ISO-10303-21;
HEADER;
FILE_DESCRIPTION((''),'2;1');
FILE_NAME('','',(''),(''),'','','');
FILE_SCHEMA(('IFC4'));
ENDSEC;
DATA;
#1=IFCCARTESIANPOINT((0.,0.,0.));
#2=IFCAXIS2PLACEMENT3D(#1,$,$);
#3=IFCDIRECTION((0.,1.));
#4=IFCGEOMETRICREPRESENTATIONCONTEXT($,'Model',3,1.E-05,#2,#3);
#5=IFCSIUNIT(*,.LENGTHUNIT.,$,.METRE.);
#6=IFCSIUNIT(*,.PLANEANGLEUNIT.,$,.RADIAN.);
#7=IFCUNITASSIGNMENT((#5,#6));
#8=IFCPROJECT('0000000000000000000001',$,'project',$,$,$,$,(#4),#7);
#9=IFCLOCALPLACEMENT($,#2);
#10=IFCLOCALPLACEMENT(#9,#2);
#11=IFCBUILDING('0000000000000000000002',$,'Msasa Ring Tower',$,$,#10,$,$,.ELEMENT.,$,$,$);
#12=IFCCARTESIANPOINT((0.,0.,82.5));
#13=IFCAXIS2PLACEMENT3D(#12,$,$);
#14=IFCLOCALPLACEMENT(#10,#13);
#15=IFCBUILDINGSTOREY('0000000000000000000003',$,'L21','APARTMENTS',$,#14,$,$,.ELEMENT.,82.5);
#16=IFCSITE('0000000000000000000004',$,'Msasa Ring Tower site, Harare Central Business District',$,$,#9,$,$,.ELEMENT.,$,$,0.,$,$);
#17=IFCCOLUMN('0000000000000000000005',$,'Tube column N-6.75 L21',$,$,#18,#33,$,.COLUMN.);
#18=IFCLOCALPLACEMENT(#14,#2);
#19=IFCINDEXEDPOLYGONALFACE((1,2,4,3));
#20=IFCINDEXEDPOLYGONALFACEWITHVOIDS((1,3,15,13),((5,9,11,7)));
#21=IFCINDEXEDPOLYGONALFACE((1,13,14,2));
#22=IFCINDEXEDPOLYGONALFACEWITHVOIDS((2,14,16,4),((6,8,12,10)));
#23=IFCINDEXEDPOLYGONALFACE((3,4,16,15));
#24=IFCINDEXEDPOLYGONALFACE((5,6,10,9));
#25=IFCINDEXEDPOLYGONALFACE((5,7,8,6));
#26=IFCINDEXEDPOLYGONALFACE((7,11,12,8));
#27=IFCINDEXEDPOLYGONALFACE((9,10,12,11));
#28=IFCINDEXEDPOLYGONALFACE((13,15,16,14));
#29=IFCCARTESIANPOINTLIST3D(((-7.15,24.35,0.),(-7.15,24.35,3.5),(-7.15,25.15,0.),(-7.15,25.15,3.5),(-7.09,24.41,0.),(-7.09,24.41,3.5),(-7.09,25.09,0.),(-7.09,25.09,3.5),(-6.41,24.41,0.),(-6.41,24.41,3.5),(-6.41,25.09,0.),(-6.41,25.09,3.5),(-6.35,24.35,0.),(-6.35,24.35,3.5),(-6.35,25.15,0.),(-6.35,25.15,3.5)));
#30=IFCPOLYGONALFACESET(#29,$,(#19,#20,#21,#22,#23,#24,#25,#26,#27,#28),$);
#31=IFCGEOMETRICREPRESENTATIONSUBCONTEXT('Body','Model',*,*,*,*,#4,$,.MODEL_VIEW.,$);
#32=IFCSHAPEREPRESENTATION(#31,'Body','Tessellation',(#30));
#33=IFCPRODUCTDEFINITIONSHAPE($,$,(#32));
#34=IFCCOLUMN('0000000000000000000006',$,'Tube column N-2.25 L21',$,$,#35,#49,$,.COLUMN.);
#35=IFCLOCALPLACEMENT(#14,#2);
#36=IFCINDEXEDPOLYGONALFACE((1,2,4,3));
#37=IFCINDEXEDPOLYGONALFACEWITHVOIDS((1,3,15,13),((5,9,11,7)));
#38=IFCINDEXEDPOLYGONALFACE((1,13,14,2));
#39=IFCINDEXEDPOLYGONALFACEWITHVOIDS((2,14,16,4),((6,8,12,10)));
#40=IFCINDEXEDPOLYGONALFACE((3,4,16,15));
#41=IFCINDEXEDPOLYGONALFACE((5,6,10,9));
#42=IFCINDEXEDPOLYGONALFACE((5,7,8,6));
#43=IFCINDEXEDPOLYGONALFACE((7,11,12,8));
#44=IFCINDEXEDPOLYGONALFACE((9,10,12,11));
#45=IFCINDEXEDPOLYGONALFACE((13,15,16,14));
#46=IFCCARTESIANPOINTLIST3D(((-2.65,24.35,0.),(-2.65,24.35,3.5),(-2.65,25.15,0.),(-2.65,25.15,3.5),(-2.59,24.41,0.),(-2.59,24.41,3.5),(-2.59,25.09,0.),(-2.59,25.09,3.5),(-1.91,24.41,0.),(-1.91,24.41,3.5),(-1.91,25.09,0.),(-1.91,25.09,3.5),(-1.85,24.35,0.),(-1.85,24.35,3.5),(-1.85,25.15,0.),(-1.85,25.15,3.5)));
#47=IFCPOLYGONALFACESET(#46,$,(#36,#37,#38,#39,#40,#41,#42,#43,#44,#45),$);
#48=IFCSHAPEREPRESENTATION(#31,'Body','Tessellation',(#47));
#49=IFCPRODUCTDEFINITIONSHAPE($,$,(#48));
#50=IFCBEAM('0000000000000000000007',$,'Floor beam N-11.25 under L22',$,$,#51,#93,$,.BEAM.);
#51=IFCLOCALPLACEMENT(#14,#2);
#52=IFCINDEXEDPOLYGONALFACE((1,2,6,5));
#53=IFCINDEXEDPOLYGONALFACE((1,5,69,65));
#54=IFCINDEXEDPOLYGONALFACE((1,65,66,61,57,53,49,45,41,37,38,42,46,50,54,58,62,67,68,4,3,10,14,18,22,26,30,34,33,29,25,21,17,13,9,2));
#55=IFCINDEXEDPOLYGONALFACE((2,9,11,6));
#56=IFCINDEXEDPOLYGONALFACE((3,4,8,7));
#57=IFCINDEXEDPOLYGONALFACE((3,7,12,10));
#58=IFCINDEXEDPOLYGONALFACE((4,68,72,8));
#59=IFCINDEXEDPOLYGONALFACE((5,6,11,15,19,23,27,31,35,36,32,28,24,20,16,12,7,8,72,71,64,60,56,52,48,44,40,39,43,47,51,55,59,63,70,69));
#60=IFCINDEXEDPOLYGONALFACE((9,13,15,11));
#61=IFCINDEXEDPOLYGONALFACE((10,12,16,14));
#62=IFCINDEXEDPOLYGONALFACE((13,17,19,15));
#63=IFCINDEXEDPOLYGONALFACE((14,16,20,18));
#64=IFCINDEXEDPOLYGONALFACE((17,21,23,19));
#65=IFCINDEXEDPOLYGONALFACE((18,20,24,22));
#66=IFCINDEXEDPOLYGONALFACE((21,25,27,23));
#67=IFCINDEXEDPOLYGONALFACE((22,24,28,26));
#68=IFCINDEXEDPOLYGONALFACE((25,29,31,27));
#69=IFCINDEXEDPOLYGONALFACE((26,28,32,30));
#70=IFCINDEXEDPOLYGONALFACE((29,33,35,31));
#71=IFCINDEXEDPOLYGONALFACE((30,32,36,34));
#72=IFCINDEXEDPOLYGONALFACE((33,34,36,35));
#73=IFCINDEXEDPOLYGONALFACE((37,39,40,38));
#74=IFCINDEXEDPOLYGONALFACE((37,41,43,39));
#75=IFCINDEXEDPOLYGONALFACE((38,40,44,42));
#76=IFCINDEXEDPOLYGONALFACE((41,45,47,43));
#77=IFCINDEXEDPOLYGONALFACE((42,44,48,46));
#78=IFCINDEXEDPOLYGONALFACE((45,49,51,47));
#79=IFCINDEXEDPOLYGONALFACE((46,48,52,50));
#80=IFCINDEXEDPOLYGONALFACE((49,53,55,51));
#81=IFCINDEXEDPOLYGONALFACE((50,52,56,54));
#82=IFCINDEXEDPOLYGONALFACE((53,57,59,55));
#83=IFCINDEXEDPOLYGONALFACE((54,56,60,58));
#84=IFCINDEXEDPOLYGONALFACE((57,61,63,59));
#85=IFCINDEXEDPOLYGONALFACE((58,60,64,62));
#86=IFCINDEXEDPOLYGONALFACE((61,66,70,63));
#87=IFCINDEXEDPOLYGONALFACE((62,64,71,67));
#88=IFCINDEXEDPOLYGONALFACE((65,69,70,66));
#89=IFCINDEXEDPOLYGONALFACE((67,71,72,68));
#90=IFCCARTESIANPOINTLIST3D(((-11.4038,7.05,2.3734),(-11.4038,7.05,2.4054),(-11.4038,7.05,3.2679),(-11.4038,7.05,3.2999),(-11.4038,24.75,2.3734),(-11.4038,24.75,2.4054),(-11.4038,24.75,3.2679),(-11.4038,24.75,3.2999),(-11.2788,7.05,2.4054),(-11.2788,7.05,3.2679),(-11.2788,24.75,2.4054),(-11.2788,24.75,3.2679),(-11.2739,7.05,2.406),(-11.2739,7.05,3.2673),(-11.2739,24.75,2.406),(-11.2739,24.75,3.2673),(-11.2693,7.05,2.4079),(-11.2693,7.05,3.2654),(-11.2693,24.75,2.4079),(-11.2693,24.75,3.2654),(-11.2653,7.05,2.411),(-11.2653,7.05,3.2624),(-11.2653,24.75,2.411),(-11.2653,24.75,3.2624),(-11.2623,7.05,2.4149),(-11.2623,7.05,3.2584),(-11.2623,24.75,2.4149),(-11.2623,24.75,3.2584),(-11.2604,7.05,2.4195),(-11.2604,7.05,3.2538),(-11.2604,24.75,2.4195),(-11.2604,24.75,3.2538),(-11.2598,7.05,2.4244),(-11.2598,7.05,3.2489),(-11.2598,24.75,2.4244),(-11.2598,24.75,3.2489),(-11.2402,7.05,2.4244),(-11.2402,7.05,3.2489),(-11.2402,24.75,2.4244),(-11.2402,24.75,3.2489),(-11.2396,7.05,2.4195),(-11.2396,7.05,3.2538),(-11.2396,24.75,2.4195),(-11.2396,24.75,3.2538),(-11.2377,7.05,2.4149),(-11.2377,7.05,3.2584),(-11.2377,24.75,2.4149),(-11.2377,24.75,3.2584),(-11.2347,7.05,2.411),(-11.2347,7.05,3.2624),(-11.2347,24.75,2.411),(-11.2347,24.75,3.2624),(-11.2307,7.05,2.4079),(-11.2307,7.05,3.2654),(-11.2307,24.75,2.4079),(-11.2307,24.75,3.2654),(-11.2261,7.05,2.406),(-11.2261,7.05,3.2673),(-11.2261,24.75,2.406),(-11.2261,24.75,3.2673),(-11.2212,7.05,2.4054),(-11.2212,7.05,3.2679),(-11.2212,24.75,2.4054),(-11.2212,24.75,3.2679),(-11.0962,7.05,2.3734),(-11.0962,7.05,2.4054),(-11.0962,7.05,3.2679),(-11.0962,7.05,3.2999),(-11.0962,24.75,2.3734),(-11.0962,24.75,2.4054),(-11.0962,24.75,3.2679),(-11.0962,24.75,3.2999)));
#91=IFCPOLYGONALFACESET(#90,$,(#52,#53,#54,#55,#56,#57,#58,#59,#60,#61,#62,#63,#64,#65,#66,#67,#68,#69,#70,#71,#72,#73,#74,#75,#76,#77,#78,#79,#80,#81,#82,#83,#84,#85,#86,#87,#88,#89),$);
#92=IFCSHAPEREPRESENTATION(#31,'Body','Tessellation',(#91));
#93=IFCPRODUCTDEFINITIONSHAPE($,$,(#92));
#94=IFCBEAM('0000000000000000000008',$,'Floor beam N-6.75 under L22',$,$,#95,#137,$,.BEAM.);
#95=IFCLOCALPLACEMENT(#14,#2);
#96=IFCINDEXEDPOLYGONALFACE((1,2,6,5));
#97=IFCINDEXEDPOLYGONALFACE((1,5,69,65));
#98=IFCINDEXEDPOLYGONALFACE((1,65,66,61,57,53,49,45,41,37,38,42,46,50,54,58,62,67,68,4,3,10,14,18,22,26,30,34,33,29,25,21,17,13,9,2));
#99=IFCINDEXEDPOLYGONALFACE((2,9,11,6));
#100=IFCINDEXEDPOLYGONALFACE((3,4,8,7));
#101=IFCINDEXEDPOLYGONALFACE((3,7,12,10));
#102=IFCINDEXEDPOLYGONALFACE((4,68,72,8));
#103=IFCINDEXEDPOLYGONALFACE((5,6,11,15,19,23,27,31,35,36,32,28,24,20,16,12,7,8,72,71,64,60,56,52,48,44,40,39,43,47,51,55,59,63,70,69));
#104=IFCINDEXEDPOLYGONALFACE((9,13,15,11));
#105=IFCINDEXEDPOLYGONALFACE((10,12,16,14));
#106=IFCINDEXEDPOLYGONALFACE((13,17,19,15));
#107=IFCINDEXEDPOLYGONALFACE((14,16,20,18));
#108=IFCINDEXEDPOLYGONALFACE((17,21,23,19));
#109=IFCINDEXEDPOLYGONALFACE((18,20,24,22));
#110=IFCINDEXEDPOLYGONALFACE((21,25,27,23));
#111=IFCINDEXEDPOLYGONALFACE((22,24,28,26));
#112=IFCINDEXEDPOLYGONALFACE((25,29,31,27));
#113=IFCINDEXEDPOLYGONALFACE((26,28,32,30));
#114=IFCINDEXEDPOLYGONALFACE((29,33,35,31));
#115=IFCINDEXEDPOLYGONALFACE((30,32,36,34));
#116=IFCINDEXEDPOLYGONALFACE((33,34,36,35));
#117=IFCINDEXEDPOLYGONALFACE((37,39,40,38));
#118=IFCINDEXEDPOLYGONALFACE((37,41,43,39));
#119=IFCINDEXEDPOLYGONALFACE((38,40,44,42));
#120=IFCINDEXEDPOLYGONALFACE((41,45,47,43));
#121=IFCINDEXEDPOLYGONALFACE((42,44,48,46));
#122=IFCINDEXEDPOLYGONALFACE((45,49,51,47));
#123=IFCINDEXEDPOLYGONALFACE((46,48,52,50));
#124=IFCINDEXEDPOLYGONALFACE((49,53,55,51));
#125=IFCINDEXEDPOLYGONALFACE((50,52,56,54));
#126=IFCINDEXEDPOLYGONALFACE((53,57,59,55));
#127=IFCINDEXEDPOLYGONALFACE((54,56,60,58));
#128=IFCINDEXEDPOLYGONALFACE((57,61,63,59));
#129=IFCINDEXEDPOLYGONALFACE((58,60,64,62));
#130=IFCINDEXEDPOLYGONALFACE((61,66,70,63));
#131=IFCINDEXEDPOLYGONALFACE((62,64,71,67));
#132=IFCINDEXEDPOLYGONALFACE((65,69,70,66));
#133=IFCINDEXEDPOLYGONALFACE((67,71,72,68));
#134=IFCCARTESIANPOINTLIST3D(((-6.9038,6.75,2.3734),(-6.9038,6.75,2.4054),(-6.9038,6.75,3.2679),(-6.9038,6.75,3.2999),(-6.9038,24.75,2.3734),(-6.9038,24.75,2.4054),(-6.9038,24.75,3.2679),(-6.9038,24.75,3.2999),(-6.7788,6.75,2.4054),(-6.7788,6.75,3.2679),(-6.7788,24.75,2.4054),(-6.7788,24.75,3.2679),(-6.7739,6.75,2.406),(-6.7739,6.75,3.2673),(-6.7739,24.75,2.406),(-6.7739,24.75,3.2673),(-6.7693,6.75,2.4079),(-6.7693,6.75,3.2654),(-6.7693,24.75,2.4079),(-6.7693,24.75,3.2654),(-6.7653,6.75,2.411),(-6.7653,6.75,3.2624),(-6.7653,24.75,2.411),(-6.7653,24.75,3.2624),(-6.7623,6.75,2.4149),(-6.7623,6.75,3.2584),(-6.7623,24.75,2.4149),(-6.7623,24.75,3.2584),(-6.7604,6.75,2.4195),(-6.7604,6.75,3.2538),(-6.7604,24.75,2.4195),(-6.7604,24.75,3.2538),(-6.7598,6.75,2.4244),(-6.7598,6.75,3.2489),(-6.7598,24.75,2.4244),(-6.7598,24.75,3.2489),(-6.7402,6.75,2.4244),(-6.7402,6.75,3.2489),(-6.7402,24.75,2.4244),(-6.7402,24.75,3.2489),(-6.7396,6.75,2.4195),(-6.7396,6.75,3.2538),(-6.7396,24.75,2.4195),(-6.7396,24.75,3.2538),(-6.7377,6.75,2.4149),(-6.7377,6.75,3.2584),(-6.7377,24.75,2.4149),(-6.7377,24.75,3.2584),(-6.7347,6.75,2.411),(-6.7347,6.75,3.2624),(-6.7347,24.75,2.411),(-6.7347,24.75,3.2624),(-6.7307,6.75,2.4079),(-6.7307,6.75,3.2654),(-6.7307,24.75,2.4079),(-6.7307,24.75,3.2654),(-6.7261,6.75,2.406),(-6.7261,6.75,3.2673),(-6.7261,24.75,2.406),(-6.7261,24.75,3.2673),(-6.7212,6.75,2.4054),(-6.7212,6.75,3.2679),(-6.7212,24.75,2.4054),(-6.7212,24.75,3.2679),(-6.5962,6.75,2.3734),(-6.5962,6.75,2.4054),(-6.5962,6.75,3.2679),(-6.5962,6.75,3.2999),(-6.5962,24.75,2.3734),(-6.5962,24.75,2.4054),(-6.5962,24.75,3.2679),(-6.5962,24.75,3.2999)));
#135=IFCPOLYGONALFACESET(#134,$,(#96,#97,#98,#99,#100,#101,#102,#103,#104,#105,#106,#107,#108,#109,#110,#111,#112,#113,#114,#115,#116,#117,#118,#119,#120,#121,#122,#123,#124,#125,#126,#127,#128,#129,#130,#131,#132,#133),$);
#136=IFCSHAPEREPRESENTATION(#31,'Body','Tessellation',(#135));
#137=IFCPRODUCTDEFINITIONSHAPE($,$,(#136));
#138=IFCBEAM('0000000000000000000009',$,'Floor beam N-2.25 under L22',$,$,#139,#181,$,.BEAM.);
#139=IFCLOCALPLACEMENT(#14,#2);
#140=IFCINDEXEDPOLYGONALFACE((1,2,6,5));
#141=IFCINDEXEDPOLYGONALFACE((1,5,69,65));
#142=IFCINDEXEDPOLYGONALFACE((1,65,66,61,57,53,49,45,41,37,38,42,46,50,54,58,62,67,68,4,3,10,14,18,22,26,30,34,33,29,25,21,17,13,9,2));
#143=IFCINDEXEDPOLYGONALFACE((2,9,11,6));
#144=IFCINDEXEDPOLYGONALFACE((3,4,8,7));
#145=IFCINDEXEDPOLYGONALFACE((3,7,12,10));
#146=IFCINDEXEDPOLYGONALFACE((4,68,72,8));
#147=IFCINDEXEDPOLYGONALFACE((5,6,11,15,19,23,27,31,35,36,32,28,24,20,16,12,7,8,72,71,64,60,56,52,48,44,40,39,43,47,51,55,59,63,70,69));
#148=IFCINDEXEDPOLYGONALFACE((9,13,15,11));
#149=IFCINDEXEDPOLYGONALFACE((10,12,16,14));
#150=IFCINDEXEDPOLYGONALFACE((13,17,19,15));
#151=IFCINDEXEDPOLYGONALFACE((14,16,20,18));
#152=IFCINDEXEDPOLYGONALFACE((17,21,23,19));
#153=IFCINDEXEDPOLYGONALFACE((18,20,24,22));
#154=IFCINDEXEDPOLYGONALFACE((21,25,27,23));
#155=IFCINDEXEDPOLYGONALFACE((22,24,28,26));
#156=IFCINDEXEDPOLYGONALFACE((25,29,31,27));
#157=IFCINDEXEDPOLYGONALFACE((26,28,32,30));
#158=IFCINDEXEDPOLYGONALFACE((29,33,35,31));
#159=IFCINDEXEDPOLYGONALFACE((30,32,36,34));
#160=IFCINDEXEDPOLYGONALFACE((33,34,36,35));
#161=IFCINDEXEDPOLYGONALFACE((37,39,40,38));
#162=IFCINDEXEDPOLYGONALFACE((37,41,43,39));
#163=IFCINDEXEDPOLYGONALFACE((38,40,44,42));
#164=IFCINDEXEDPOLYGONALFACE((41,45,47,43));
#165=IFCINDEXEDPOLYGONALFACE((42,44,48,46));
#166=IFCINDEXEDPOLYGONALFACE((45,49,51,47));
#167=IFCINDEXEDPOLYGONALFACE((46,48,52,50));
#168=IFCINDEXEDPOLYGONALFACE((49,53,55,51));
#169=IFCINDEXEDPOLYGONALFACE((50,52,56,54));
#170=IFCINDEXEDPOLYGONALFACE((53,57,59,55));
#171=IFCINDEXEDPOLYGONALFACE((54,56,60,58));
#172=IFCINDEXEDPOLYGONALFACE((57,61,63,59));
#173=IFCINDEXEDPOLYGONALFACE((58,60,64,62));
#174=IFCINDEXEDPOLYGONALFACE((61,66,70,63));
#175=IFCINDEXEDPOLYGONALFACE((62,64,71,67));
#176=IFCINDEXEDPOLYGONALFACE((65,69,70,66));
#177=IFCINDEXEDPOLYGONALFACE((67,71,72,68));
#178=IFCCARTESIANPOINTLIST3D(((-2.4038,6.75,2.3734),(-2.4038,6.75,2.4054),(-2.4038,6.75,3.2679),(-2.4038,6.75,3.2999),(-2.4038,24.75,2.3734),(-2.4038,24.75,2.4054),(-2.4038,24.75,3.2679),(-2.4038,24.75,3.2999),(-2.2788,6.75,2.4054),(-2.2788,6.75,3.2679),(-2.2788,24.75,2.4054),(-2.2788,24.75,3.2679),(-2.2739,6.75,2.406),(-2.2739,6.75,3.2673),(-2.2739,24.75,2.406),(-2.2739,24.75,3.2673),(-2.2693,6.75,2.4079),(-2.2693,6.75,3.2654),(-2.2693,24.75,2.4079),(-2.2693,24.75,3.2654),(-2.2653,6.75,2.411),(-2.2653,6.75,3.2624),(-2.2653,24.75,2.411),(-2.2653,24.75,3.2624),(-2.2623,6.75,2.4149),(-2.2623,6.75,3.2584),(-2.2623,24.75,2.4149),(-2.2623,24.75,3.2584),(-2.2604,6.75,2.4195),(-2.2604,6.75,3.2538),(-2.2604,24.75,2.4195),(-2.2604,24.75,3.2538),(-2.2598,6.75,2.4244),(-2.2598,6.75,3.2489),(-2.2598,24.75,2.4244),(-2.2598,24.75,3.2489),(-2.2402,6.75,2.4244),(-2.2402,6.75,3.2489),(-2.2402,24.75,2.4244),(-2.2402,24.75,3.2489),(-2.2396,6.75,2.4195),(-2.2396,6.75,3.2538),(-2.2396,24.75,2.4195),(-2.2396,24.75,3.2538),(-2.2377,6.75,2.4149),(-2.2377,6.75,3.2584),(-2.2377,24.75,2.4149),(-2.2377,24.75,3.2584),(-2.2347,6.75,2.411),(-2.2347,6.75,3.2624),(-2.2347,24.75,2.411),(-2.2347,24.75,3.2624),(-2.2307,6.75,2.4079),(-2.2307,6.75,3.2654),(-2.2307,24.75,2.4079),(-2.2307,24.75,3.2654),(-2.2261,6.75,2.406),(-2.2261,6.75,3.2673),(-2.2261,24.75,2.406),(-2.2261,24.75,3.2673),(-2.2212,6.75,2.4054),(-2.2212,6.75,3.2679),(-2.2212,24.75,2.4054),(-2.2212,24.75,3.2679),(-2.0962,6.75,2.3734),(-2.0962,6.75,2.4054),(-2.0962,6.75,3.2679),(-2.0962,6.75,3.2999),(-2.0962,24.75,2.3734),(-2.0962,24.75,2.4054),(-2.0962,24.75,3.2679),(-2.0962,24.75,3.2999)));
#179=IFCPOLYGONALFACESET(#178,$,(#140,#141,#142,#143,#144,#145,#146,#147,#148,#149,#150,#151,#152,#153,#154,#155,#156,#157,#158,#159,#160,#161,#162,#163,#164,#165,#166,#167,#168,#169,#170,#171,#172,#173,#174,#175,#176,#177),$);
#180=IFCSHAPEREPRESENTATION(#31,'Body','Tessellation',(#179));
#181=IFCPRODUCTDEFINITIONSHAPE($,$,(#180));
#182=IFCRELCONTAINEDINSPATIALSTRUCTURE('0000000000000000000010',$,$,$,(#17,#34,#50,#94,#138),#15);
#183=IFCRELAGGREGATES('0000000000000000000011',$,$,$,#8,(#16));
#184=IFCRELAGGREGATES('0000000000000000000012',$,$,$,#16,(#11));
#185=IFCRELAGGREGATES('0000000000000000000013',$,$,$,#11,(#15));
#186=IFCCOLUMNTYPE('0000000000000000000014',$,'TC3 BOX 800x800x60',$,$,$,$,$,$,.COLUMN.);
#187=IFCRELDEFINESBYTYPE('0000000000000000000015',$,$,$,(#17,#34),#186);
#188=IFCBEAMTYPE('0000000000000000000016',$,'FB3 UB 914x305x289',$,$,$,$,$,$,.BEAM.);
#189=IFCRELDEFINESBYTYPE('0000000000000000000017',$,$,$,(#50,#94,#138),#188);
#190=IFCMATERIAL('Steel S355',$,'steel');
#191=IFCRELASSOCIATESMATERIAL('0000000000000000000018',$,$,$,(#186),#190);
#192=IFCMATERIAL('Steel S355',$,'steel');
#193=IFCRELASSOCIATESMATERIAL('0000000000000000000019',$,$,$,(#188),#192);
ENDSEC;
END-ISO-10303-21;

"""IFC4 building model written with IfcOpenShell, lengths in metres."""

from ifc_helpers import new_model, si_unit, direction, frame, origin, origin_2d, place, context, subcontext, project, spatial, hollow_rectangle, i_section, extrude, material, material_profile, profile_set, type_object, element, save


model = new_model("IFC4")

# Units and contexts
model_context = context("Model", 3, precision=1e-05, world=origin(), true_north=direction((0.0, 1.0)))
body_context = subcontext(model_context, "Body", "Model", "MODEL_VIEW")
ifc_project = project(units=[si_unit("LENGTHUNIT", "METRE"), si_unit("PLANEANGLEUNIT", "RADIAN")], contexts=[model_context])

# Site, building, storey
site_placement = place(None, origin())
site = spatial("IfcSite", under=ifc_project, at=site_placement, Name="Msasa Ring Tower site, Harare Central Business District", CompositionType="ELEMENT", RefElevation=0.0)
building_placement = place(site_placement, origin())
building = spatial("IfcBuilding", under=site, at=building_placement, Name="Msasa Ring Tower", CompositionType="ELEMENT")
storey_placement = place(building_placement, frame((0.0, 0.0, 82.5)))
storey = spatial("IfcBuildingStorey", under=building, at=storey_placement, Name="L21", Description="APARTMENTS", CompositionType="ELEMENT", Elevation=82.5)

# Columns
ifc_material_1 = material(Name="Steel S355", Category="steel")
ifc_material_profile_1 = material_profile(ifc_material_1, hollow_rectangle(XDim=0.8, YDim=0.8, WallThickness=0.0601, at=origin_2d()), Name="BOX 800x800x60")
ifc_profile_set_1 = profile_set([ifc_material_profile_1], Name="Steel S355")
column_type = type_object("IfcColumnType", Name="TC3 BOX 800x800x60", PredefinedType="COLUMN", material=ifc_profile_set_1)
for number, where, z_axis, x_axis, name in (
    (1, (-6.75, 24.75, 0.0), (0.0, 0.0, 1.0), (0.0, 1.0, 0.0), "Tube column N-6.75 L21"),
    (2, (-2.25, 24.75, 0.0), (0.0, 0.0, 1.0), (0.0, 1.0, 0.0), "Tube column N-2.25 L21"),
):
    element("IfcColumn", number, at=place(storey_placement, frame(where, z_axis=z_axis, x_axis=x_axis)), inside=storey, type_object=column_type, Name=name, PredefinedType="COLUMN", context=body_context, shape_type="SweptSolid", body=[
        extrude(hollow_rectangle(XDim=0.8, YDim=0.8, WallThickness=0.0601, at=origin_2d()), origin(), (0.0, 0.0, 1.0), 3.5),
    ])

# Beams
ifc_material_2 = material(Name="Steel S355", Category="steel")
ifc_material_profile_2 = material_profile(ifc_material_2, i_section(OverallWidth=0.3076, OverallDepth=0.9265, WebThickness=0.0195, FlangeThickness=0.032, FilletRadius=0.019, at=origin_2d()), Name="UB 914x305x289")
ifc_profile_set_2 = profile_set([ifc_material_profile_2], Name="Steel S355")
beam_type_1 = type_object("IfcBeamType", Name="FB3 UB 914x305x289", PredefinedType="BEAM", material=ifc_profile_set_2)
beam_placement = place(storey_placement, frame((-11.25, 24.75, 2.8367), z_axis=(0.0, -1.0, 0.0), x_axis=(1.0, 0.0, 0.0)))
element("IfcBeam", 3, at=beam_placement, inside=storey, type_object=beam_type_1, Name="Floor beam N-11.25 under L22", PredefinedType="BEAM", context=body_context, shape_type="SweptSolid", body=[
    extrude(i_section(OverallWidth=0.3076, OverallDepth=0.9265, WebThickness=0.0195, FlangeThickness=0.032, FilletRadius=0.019, at=origin_2d()), origin(), (0.0, 0.0, 1.0), 17.7),
])
for number, where, z_axis, x_axis, name in (
    (4, (-6.75, 24.75, 2.8367), (0.0, -1.0, 0.0), (1.0, 0.0, 0.0), "Floor beam N-6.75 under L22"),
    (5, (-2.25, 24.75, 2.8367), (0.0, -1.0, 0.0), (1.0, 0.0, 0.0), "Floor beam N-2.25 under L22"),
):
    element("IfcBeam", number, at=place(storey_placement, frame(where, z_axis=z_axis, x_axis=x_axis)), inside=storey, type_object=beam_type_1, Name=name, PredefinedType="BEAM", context=body_context, shape_type="SweptSolid", body=[
        extrude(i_section(OverallWidth=0.3076, OverallDepth=0.9265, WebThickness=0.0195, FlangeThickness=0.032, FilletRadius=0.019, at=origin_2d()), origin(), (0.0, 0.0, 1.0), 18.0),
    ])

save(model, "model.ifc")
